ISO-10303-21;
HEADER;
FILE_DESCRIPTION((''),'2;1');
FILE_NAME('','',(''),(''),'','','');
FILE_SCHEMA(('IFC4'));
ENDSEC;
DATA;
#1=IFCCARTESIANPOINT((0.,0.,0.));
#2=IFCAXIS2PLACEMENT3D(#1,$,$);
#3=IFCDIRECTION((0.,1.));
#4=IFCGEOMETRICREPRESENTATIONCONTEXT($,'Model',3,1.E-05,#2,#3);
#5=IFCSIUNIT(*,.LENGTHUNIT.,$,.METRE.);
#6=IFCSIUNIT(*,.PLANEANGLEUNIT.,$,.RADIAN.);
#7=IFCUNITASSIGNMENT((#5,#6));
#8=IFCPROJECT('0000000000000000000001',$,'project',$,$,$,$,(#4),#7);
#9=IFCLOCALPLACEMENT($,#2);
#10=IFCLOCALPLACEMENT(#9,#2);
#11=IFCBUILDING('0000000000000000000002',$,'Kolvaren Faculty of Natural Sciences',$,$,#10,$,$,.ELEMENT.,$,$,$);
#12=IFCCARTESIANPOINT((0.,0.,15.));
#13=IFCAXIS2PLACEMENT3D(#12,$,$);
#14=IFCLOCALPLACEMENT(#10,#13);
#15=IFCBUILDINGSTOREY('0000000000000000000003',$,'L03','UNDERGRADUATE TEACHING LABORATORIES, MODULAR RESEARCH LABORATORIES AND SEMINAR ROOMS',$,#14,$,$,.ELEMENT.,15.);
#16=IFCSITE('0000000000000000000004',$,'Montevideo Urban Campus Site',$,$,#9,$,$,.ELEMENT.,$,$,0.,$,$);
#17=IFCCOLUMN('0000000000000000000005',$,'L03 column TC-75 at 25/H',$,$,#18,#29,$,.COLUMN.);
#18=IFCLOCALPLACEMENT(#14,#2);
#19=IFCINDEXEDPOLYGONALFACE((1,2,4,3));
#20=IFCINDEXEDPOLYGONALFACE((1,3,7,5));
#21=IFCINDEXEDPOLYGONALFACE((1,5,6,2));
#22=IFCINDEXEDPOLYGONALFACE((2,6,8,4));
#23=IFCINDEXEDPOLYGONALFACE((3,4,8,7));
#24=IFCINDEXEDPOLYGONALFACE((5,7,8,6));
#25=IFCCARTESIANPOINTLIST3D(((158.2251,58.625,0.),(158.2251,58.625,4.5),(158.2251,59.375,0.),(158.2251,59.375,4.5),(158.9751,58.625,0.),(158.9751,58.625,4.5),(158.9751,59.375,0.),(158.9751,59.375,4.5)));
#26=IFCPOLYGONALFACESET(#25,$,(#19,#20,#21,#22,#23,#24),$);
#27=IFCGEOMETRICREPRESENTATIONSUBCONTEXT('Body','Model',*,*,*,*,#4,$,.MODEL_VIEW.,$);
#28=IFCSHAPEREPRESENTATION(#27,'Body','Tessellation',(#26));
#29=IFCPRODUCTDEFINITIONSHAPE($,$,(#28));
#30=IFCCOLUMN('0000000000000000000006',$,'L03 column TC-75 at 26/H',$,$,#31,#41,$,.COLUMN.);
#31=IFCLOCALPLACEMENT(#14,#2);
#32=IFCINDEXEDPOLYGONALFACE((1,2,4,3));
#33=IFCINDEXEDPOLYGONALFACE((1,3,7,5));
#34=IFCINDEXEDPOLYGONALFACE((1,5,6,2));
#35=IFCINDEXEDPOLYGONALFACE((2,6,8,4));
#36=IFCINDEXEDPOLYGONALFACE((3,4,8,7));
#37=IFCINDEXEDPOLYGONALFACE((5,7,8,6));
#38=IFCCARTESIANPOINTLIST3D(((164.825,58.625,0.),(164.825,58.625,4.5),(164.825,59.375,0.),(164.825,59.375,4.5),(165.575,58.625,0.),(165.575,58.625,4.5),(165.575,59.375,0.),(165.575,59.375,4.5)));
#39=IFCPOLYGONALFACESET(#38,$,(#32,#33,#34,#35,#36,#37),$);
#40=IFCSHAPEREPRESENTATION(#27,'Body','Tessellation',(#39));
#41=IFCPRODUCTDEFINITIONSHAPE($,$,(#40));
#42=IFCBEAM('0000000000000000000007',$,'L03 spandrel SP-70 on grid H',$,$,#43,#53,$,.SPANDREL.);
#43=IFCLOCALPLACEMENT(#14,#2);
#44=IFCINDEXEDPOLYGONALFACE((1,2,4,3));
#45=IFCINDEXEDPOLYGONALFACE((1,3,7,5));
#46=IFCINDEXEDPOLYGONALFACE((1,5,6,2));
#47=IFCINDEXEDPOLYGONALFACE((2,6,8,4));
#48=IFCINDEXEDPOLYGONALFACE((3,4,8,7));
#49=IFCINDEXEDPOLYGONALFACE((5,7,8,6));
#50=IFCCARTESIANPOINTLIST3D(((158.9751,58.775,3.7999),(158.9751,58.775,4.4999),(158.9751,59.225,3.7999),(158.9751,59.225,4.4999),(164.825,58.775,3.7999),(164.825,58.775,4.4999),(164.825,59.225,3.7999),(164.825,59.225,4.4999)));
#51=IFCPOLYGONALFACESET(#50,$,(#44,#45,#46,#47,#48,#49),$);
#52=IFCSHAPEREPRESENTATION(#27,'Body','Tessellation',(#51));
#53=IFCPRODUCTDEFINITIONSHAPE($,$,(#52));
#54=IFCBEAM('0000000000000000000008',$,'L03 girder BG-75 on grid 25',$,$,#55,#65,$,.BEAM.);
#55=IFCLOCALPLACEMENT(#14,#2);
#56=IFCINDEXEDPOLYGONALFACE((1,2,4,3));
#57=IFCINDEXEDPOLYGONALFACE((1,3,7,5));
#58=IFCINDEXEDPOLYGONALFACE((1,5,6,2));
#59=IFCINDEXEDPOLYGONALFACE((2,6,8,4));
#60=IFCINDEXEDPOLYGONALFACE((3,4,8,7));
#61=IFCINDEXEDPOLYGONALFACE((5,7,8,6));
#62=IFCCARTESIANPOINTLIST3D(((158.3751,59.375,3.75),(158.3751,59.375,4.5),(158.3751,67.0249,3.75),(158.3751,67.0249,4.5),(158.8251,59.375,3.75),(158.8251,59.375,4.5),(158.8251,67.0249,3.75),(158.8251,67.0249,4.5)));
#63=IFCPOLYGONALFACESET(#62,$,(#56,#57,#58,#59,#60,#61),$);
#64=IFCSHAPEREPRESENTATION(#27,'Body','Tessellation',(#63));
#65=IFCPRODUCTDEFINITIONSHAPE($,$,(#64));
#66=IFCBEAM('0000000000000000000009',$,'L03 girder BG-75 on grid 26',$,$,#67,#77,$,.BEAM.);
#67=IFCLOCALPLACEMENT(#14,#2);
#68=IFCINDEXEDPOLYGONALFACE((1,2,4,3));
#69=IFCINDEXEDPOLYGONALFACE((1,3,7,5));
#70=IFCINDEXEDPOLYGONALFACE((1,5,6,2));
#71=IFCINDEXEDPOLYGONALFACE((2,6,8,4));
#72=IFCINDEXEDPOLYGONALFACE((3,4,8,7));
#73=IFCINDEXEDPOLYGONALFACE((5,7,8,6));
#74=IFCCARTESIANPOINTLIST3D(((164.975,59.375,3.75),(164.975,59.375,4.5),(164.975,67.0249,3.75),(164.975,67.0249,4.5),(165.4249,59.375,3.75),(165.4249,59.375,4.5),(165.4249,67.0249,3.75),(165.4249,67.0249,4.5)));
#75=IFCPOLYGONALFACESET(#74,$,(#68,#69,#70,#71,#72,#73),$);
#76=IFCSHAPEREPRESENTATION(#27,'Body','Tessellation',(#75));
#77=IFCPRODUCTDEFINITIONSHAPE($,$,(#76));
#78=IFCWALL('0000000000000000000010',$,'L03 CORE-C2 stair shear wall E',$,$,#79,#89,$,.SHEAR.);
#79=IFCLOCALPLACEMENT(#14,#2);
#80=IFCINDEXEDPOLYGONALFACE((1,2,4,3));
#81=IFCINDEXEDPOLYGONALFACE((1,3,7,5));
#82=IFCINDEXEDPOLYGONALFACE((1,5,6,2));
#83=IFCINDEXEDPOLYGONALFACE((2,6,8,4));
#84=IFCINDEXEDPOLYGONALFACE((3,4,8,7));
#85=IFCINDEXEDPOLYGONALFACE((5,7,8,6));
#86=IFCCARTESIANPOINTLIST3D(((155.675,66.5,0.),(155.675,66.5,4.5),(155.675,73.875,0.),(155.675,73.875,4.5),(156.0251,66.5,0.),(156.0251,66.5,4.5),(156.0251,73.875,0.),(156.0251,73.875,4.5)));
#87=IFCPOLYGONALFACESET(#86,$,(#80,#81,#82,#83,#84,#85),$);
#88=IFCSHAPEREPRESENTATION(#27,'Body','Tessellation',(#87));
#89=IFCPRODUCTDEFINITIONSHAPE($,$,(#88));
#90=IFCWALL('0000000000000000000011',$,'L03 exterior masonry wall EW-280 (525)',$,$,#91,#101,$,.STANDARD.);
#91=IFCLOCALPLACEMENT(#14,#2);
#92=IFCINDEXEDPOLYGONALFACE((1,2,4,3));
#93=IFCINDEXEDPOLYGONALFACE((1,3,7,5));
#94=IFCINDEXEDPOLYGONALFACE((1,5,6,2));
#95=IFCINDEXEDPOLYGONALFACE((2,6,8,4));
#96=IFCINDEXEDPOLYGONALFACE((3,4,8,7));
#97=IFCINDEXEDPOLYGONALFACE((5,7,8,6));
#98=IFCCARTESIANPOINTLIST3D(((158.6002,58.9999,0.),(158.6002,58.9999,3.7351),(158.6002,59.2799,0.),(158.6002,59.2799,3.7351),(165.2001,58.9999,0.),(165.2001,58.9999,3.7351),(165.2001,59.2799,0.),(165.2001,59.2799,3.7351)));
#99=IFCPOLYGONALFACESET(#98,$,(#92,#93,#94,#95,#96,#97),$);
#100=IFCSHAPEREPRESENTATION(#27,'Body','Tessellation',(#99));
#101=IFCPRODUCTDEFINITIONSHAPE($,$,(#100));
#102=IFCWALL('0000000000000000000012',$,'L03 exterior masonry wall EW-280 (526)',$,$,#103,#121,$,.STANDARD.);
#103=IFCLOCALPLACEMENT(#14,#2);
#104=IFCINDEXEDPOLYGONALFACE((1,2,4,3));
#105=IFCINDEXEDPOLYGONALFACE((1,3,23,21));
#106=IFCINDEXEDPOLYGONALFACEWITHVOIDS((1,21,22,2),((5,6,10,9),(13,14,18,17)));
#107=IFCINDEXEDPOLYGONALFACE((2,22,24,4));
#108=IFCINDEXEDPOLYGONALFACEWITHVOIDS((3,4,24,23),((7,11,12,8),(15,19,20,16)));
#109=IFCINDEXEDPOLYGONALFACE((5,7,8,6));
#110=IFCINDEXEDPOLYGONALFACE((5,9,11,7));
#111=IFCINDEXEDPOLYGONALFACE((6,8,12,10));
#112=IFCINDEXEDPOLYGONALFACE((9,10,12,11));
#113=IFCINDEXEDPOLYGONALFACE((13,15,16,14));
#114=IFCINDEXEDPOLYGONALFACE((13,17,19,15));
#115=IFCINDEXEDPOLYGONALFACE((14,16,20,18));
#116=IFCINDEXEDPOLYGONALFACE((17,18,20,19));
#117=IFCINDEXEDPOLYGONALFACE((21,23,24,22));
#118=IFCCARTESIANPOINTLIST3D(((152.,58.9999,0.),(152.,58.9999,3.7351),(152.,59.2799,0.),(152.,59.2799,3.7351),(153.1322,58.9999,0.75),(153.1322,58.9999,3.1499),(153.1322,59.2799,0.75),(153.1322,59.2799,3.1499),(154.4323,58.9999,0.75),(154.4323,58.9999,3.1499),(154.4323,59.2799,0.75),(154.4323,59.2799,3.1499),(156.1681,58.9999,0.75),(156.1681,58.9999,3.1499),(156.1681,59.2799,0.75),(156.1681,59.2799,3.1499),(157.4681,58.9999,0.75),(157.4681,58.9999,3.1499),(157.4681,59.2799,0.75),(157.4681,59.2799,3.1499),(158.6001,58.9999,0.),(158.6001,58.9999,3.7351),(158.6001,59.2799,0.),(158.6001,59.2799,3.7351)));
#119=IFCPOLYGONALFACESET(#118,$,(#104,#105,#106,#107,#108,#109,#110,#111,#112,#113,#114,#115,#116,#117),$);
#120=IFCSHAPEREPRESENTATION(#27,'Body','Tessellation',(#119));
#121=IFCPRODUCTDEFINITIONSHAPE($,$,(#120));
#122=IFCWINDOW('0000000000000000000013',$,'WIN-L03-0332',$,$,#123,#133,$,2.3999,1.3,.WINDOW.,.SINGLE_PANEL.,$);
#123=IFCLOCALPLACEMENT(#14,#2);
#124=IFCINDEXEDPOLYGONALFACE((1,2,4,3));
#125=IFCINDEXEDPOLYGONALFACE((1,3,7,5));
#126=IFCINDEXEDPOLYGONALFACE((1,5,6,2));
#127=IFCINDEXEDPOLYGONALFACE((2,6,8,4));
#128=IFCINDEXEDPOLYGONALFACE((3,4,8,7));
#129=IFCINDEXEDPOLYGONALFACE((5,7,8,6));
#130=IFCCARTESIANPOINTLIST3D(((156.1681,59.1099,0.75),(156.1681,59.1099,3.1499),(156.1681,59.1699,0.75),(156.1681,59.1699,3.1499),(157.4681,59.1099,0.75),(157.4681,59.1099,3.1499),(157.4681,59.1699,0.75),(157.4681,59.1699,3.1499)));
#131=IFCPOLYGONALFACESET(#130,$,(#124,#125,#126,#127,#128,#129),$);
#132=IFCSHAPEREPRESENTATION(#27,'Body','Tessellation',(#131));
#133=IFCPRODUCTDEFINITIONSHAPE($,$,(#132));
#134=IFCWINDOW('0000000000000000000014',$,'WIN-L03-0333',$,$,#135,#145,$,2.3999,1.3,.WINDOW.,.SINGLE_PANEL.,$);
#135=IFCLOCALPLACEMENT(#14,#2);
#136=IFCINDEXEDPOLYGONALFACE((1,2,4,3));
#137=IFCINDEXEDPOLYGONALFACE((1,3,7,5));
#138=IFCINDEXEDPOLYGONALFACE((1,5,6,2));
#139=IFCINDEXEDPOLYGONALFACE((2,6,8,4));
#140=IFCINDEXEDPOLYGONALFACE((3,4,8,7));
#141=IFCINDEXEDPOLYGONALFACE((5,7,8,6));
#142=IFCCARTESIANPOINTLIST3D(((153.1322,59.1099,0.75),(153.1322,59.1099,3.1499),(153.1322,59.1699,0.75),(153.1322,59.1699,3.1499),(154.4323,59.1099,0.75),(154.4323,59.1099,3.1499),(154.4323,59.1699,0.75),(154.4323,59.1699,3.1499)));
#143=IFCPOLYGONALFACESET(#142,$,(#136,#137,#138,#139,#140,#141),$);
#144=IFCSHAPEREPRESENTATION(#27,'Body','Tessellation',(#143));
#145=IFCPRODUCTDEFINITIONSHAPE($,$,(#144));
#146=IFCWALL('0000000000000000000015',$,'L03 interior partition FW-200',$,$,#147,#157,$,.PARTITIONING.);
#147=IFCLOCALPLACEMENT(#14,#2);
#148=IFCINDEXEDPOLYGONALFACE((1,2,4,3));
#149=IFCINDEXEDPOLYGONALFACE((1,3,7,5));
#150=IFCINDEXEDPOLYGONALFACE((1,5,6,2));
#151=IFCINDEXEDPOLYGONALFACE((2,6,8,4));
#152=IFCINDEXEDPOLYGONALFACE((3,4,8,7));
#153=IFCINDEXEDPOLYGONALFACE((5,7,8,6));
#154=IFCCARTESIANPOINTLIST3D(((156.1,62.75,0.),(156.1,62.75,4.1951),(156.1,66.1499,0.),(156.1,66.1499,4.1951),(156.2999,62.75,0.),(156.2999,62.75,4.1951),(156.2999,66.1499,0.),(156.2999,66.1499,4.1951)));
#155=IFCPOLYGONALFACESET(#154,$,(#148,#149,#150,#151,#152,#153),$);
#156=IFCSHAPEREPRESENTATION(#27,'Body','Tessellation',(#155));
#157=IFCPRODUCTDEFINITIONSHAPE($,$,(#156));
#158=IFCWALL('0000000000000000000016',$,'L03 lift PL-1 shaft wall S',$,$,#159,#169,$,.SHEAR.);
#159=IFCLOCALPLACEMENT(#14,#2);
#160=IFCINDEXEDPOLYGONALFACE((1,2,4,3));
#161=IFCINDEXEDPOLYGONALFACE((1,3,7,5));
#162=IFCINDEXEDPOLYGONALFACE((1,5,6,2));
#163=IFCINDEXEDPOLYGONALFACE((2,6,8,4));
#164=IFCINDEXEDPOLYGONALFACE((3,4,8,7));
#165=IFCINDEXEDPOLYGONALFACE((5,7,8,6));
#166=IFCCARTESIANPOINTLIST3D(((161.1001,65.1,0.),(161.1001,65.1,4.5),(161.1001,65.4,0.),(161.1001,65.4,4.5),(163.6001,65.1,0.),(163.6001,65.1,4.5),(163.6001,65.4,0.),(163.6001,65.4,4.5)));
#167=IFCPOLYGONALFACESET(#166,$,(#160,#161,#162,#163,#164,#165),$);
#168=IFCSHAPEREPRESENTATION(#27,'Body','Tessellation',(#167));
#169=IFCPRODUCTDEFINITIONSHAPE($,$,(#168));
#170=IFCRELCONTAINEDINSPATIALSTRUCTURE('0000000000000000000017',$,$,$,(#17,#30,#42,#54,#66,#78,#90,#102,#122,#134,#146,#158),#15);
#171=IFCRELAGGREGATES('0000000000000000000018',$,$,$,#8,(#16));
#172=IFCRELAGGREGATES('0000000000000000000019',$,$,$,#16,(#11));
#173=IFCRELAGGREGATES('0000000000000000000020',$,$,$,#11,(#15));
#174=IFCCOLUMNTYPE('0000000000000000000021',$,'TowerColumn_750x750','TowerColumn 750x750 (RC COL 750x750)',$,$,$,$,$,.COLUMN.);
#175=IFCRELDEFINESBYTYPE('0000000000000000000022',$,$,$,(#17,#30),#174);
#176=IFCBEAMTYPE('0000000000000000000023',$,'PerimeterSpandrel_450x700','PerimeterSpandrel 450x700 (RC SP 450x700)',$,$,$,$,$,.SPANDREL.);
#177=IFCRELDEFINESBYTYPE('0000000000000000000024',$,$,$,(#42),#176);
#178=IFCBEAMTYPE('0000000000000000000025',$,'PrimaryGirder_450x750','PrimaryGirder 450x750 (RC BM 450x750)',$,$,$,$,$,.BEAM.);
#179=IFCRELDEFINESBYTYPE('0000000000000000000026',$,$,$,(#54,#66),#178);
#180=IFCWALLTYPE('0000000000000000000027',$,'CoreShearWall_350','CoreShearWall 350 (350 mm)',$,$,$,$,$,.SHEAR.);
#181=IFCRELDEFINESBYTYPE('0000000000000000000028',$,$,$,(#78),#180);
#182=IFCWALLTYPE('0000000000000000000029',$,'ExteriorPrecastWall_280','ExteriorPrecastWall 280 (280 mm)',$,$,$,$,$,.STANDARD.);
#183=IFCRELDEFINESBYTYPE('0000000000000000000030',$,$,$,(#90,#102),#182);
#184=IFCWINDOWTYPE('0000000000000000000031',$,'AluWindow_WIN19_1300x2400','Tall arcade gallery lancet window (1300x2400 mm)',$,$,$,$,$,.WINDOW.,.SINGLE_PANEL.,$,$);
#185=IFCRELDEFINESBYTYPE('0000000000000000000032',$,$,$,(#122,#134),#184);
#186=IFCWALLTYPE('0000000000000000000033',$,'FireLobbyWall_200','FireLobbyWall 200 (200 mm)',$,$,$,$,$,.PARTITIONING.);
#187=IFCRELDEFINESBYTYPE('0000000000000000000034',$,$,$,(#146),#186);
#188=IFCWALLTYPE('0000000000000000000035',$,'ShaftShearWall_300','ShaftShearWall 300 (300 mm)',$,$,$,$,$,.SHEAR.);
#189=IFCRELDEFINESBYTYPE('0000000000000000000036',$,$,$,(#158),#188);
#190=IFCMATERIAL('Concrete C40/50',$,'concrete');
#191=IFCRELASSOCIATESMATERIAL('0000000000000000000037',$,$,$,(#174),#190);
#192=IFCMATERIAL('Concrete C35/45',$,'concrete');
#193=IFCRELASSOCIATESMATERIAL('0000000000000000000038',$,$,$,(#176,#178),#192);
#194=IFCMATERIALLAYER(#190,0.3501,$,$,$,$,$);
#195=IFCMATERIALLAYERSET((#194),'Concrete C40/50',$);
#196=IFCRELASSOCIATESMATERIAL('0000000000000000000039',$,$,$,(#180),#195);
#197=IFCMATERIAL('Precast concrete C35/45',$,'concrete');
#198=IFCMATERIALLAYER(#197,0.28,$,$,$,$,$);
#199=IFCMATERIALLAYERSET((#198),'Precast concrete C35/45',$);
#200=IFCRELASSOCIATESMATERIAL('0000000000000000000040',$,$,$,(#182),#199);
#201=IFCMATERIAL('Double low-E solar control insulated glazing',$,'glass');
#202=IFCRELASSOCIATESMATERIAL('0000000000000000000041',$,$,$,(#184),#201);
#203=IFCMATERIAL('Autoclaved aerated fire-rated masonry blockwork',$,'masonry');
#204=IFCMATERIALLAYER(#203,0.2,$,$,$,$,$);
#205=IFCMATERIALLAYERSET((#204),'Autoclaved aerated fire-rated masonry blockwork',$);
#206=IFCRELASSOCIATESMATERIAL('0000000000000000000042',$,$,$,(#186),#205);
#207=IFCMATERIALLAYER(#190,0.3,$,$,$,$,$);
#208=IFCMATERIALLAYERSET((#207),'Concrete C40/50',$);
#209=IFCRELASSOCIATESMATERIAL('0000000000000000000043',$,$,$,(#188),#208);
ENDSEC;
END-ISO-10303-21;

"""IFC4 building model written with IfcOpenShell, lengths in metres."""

from ifc_helpers import new_model, si_unit, direction, frame, frame_2d, origin, origin_2d, place, context, subcontext, project, spatial, rectangle, extrude, material, layer, layer_set, material_profile, profile_set, type_object, element, fill, save


model = new_model("IFC4")

# Units and contexts
model_context = context("Model", 3, precision=1e-05, world=origin(), true_north=direction((0.0, 1.0)))
body_context = subcontext(model_context, "Body", "Model", "MODEL_VIEW")
ifc_project = project(units=[si_unit("LENGTHUNIT", "METRE"), si_unit("PLANEANGLEUNIT", "RADIAN")], contexts=[model_context])

# Site, building, storey
site_placement = place(None, origin())
site = spatial("IfcSite", under=ifc_project, at=site_placement, Name="Montevideo Urban Campus Site", CompositionType="ELEMENT", RefElevation=0.0)
building_placement = place(site_placement, origin())
building = spatial("IfcBuilding", under=site, at=building_placement, Name="Kolvaren Faculty of Natural Sciences", CompositionType="ELEMENT")
storey_placement = place(building_placement, frame((0.0, 0.0, 15.0)))
storey = spatial("IfcBuildingStorey", under=building, at=storey_placement, Name="L03", Description="UNDERGRADUATE TEACHING LABORATORIES, MODULAR RESEARCH LABORATORIES AND SEMINAR ROOMS", CompositionType="ELEMENT", Elevation=15.0)

# Columns
ifc_material_1 = material(Name="Concrete C40/50", Category="concrete")
ifc_material_profile_1 = material_profile(ifc_material_1, rectangle(XDim=0.75, YDim=0.75, at=origin_2d()), Name="RC COL 750x750")
ifc_profile_set_1 = profile_set([ifc_material_profile_1], Name="Concrete C40/50")
column_type = type_object("IfcColumnType", Name="TowerColumn_750x750", Description="TowerColumn 750x750 (RC COL 750x750)", PredefinedType="COLUMN", material=ifc_profile_set_1)
for number, where, z_axis, x_axis, name in (
    (1, (158.6001, 59.0, 0.0), (0.0, 0.0, 1.0), (1.0, 0.0, 0.0), "L03 column TC-75 at 25/H"),
    (2, (165.2, 59.0, 0.0), (0.0, 0.0, 1.0), (1.0, 0.0, 0.0), "L03 column TC-75 at 26/H"),
):
    element("IfcColumn", number, at=place(storey_placement, frame(where, z_axis=z_axis, x_axis=x_axis)), inside=storey, type_object=column_type, Name=name, PredefinedType="COLUMN", context=body_context, shape_type="SweptSolid", body=[
        extrude(rectangle(XDim=0.75, YDim=0.75, at=origin_2d()), origin(), (0.0, 0.0, 1.0), 4.5),
    ])

# Beams
ifc_material_2 = material(Name="Concrete C35/45", Category="concrete")
ifc_material_profile_2 = material_profile(ifc_material_2, rectangle(XDim=0.45, YDim=0.7, at=origin_2d()), Name="RC SP 450x700")
ifc_profile_set_2 = profile_set([ifc_material_profile_2], Name="Concrete C35/45")
beam_type_1 = type_object("IfcBeamType", Name="PerimeterSpandrel_450x700", Description="PerimeterSpandrel 450x700 (RC SP 450x700)", PredefinedType="SPANDREL", material=ifc_profile_set_2)
beam_placement = place(storey_placement, frame((158.9751, 59.0, 4.1499), z_axis=(1.0, 0.0, 0.0), x_axis=(0.0, 1.0, 0.0)))
element("IfcBeam", 3, at=beam_placement, inside=storey, type_object=beam_type_1, Name="L03 spandrel SP-70 on grid H", PredefinedType="SPANDREL", context=body_context, shape_type="SweptSolid", body=[
    extrude(rectangle(XDim=0.45, YDim=0.7, at=origin_2d()), origin(), (0.0, 0.0, 1.0), 5.8499),
])
ifc_material_profile_3 = material_profile(ifc_material_2, rectangle(XDim=0.45, YDim=0.75, at=origin_2d()), Name="RC BM 450x750")
ifc_profile_set_3 = profile_set([ifc_material_profile_3], Name="Concrete C35/45")
beam_type_2 = type_object("IfcBeamType", Name="PrimaryGirder_450x750", Description="PrimaryGirder 450x750 (RC BM 450x750)", PredefinedType="BEAM", material=ifc_profile_set_3)
for number, where, z_axis, x_axis, name in (
    (4, (158.6001, 59.375, 4.125), (0.0, 1.0, 0.0), (-1.0, 0.0, 0.0), "L03 girder BG-75 on grid 25"),
    (5, (165.2, 59.375, 4.125), (0.0, 1.0, 0.0), (-1.0, 0.0, 0.0), "L03 girder BG-75 on grid 26"),
):
    element("IfcBeam", number, at=place(storey_placement, frame(where, z_axis=z_axis, x_axis=x_axis)), inside=storey, type_object=beam_type_2, Name=name, PredefinedType="BEAM", context=body_context, shape_type="SweptSolid", body=[
        extrude(rectangle(XDim=0.45, YDim=0.75, at=origin_2d()), origin(), (0.0, 0.0, 1.0), 7.6499),
    ])

# Walls
ifc_layer_1 = layer(ifc_material_1, 0.3501)
ifc_layer_set_1 = layer_set([ifc_layer_1], Name="Concrete C40/50")
wall_type_1 = type_object("IfcWallType", Name="CoreShearWall_350", Description="CoreShearWall 350 (350 mm)", PredefinedType="SHEAR", material=ifc_layer_set_1)
wall_1_placement = place(storey_placement, frame((155.8501, 66.5, 0.0), z_axis=(0.0, 0.0, 1.0), x_axis=(0.0, 1.0, 0.0)))
element("IfcWall", 6, at=wall_1_placement, inside=storey, type_object=wall_type_1, Name="L03 CORE-C2 stair shear wall E", PredefinedType="SHEAR", context=body_context, shape_type="SweptSolid", body=[
    extrude(rectangle(XDim=7.375, YDim=0.3501, at=frame_2d((3.6875, 0.0))), origin(), (0.0, 0.0, 1.0), 4.5),
])
ifc_material_3 = material(Name="Precast concrete C35/45", Category="concrete")
ifc_layer_2 = layer(ifc_material_3, 0.28)
ifc_layer_set_2 = layer_set([ifc_layer_2], Name="Precast concrete C35/45")
wall_type_2 = type_object("IfcWallType", Name="ExteriorPrecastWall_280", Description="ExteriorPrecastWall 280 (280 mm)", PredefinedType="STANDARD", material=ifc_layer_set_2)
wall_2_placement = place(storey_placement, frame((165.2, 59.1399, 0.0), z_axis=(0.0, 0.0, 1.0), x_axis=(-1.0, 0.0, 0.0)))
element("IfcWall", 7, at=wall_2_placement, inside=storey, type_object=wall_type_2, Name="L03 exterior masonry wall EW-280 (525)", PredefinedType="STANDARD", context=body_context, shape_type="SweptSolid", body=[
    extrude(rectangle(XDim=6.5999, YDim=0.28, at=frame_2d((3.2998, 0.0))), origin(), (0.0, 0.0, 1.0), 3.7351),
])

# Wall, openings, windows
wall_3_placement = place(storey_placement, frame((158.6001, 59.1399, 0.0), z_axis=(0.0, 0.0, 1.0), x_axis=(-1.0, 0.0, 0.0)))
wall_3 = element("IfcWall", 8, at=wall_3_placement, inside=storey, type_object=wall_type_2, Name="L03 exterior masonry wall EW-280 (526)", PredefinedType="STANDARD", context=body_context, shape_type="SweptSolid", body=[
    extrude(rectangle(XDim=6.6001, YDim=0.28, at=frame_2d((3.3, 0.0))), origin(), (0.0, 0.0, 1.0), 3.7351),
])
opening_1_placement = place(wall_3_placement, frame((1.1321, 0.0, 0.75)))
opening_1 = element("IfcOpeningElement", 9, at=opening_1_placement, cuts=wall_3, PredefinedType="OPENING", context=body_context, shape_type="SweptSolid", body=[
    extrude(rectangle(XDim=1.3, YDim=2.3999, at=frame_2d((0.6499, 1.2))), frame((0.0, 0.1499, 0.0), z_axis=(0.0, -1.0, 0.0), x_axis=(1.0, 0.0, 0.0)), (0.0, 0.0, 1.0), 0.3),
])
opening_2_placement = place(wall_3_placement, frame((4.168, 0.0, 0.75)))
opening_2 = element("IfcOpeningElement", 10, at=opening_2_placement, cuts=wall_3, PredefinedType="OPENING", context=body_context, shape_type="SweptSolid", body=[
    extrude(rectangle(XDim=1.3, YDim=2.3999, at=frame_2d((0.6499, 1.2))), frame((0.0, 0.1499, 0.0), z_axis=(0.0, -1.0, 0.0), x_axis=(1.0, 0.0, 0.0)), (0.0, 0.0, 1.0), 0.3),
])
ifc_material_4 = material(Name="Double low-E solar control insulated glazing", Category="glass")
window_type = type_object("IfcWindowType", Name="AluWindow_WIN19_1300x2400", Description="Tall arcade gallery lancet window (1300x2400 mm)", PartitioningType="SINGLE_PANEL", PredefinedType="WINDOW", material=ifc_material_4)
window_1_placement = place(opening_1_placement, origin())
window_1 = element("IfcWindow", 11, at=window_1_placement, inside=storey, type_object=window_type, Name="WIN-L03-0332", OverallHeight=2.3999, OverallWidth=1.3, PartitioningType="SINGLE_PANEL", PredefinedType="WINDOW", context=body_context, shape_type="SweptSolid", body=[
    extrude(rectangle(XDim=1.3, YDim=2.3999, at=frame_2d((0.6499, 1.2))), frame((0.0, 0.03, 0.0), z_axis=(0.0, -1.0, 0.0), x_axis=(1.0, 0.0, 0.0)), (0.0, 0.0, 1.0), 0.0601),
])
fill(opening_1, window_1)
window_2_placement = place(opening_2_placement, origin())
window_2 = element("IfcWindow", 12, at=window_2_placement, inside=storey, type_object=window_type, Name="WIN-L03-0333", OverallHeight=2.3999, OverallWidth=1.3, PartitioningType="SINGLE_PANEL", PredefinedType="WINDOW", context=body_context, shape_type="SweptSolid", body=[
    extrude(rectangle(XDim=1.3, YDim=2.3999, at=frame_2d((0.6499, 1.2))), frame((0.0, 0.03, 0.0), z_axis=(0.0, -1.0, 0.0), x_axis=(1.0, 0.0, 0.0)), (0.0, 0.0, 1.0), 0.0601),
])
fill(opening_2, window_2)

# Wall
ifc_material_5 = material(Name="Autoclaved aerated fire-rated masonry blockwork", Category="masonry")
ifc_layer_3 = layer(ifc_material_5, 0.2)
ifc_layer_set_3 = layer_set([ifc_layer_3], Name="Autoclaved aerated fire-rated masonry blockwork")
wall_type_3 = type_object("IfcWallType", Name="FireLobbyWall_200", Description="FireLobbyWall 200 (200 mm)", PredefinedType="PARTITIONING", material=ifc_layer_set_3)
wall_4_placement = place(storey_placement, frame((156.2, 66.1499, 0.0), z_axis=(0.0, 0.0, 1.0), x_axis=(0.0, -1.0, 0.0)))
element("IfcWall", 13, at=wall_4_placement, inside=storey, type_object=wall_type_3, Name="L03 interior partition FW-200", PredefinedType="PARTITIONING", context=body_context, shape_type="SweptSolid", body=[
    extrude(rectangle(XDim=3.3999, YDim=0.2, at=frame_2d((1.7, 0.0))), origin(), (0.0, 0.0, 1.0), 4.1951),
])

# Wall
ifc_layer_4 = layer(ifc_material_1, 0.3)
ifc_layer_set_4 = layer_set([ifc_layer_4], Name="Concrete C40/50")
wall_type_4 = type_object("IfcWallType", Name="ShaftShearWall_300", Description="ShaftShearWall 300 (300 mm)", PredefinedType="SHEAR", material=ifc_layer_set_4)
wall_5_placement = place(storey_placement, frame((161.1001, 65.25, 0.0), z_axis=(0.0, 0.0, 1.0), x_axis=(1.0, 0.0, 0.0)))
element("IfcWall", 14, at=wall_5_placement, inside=storey, type_object=wall_type_4, Name="L03 lift PL-1 shaft wall S", PredefinedType="SHEAR", context=body_context, shape_type="SweptSolid", body=[
    extrude(rectangle(XDim=2.5, YDim=0.3, at=frame_2d((1.25, 0.0))), origin(), (0.0, 0.0, 1.0), 4.5),
])

save(model, "model.ifc")
